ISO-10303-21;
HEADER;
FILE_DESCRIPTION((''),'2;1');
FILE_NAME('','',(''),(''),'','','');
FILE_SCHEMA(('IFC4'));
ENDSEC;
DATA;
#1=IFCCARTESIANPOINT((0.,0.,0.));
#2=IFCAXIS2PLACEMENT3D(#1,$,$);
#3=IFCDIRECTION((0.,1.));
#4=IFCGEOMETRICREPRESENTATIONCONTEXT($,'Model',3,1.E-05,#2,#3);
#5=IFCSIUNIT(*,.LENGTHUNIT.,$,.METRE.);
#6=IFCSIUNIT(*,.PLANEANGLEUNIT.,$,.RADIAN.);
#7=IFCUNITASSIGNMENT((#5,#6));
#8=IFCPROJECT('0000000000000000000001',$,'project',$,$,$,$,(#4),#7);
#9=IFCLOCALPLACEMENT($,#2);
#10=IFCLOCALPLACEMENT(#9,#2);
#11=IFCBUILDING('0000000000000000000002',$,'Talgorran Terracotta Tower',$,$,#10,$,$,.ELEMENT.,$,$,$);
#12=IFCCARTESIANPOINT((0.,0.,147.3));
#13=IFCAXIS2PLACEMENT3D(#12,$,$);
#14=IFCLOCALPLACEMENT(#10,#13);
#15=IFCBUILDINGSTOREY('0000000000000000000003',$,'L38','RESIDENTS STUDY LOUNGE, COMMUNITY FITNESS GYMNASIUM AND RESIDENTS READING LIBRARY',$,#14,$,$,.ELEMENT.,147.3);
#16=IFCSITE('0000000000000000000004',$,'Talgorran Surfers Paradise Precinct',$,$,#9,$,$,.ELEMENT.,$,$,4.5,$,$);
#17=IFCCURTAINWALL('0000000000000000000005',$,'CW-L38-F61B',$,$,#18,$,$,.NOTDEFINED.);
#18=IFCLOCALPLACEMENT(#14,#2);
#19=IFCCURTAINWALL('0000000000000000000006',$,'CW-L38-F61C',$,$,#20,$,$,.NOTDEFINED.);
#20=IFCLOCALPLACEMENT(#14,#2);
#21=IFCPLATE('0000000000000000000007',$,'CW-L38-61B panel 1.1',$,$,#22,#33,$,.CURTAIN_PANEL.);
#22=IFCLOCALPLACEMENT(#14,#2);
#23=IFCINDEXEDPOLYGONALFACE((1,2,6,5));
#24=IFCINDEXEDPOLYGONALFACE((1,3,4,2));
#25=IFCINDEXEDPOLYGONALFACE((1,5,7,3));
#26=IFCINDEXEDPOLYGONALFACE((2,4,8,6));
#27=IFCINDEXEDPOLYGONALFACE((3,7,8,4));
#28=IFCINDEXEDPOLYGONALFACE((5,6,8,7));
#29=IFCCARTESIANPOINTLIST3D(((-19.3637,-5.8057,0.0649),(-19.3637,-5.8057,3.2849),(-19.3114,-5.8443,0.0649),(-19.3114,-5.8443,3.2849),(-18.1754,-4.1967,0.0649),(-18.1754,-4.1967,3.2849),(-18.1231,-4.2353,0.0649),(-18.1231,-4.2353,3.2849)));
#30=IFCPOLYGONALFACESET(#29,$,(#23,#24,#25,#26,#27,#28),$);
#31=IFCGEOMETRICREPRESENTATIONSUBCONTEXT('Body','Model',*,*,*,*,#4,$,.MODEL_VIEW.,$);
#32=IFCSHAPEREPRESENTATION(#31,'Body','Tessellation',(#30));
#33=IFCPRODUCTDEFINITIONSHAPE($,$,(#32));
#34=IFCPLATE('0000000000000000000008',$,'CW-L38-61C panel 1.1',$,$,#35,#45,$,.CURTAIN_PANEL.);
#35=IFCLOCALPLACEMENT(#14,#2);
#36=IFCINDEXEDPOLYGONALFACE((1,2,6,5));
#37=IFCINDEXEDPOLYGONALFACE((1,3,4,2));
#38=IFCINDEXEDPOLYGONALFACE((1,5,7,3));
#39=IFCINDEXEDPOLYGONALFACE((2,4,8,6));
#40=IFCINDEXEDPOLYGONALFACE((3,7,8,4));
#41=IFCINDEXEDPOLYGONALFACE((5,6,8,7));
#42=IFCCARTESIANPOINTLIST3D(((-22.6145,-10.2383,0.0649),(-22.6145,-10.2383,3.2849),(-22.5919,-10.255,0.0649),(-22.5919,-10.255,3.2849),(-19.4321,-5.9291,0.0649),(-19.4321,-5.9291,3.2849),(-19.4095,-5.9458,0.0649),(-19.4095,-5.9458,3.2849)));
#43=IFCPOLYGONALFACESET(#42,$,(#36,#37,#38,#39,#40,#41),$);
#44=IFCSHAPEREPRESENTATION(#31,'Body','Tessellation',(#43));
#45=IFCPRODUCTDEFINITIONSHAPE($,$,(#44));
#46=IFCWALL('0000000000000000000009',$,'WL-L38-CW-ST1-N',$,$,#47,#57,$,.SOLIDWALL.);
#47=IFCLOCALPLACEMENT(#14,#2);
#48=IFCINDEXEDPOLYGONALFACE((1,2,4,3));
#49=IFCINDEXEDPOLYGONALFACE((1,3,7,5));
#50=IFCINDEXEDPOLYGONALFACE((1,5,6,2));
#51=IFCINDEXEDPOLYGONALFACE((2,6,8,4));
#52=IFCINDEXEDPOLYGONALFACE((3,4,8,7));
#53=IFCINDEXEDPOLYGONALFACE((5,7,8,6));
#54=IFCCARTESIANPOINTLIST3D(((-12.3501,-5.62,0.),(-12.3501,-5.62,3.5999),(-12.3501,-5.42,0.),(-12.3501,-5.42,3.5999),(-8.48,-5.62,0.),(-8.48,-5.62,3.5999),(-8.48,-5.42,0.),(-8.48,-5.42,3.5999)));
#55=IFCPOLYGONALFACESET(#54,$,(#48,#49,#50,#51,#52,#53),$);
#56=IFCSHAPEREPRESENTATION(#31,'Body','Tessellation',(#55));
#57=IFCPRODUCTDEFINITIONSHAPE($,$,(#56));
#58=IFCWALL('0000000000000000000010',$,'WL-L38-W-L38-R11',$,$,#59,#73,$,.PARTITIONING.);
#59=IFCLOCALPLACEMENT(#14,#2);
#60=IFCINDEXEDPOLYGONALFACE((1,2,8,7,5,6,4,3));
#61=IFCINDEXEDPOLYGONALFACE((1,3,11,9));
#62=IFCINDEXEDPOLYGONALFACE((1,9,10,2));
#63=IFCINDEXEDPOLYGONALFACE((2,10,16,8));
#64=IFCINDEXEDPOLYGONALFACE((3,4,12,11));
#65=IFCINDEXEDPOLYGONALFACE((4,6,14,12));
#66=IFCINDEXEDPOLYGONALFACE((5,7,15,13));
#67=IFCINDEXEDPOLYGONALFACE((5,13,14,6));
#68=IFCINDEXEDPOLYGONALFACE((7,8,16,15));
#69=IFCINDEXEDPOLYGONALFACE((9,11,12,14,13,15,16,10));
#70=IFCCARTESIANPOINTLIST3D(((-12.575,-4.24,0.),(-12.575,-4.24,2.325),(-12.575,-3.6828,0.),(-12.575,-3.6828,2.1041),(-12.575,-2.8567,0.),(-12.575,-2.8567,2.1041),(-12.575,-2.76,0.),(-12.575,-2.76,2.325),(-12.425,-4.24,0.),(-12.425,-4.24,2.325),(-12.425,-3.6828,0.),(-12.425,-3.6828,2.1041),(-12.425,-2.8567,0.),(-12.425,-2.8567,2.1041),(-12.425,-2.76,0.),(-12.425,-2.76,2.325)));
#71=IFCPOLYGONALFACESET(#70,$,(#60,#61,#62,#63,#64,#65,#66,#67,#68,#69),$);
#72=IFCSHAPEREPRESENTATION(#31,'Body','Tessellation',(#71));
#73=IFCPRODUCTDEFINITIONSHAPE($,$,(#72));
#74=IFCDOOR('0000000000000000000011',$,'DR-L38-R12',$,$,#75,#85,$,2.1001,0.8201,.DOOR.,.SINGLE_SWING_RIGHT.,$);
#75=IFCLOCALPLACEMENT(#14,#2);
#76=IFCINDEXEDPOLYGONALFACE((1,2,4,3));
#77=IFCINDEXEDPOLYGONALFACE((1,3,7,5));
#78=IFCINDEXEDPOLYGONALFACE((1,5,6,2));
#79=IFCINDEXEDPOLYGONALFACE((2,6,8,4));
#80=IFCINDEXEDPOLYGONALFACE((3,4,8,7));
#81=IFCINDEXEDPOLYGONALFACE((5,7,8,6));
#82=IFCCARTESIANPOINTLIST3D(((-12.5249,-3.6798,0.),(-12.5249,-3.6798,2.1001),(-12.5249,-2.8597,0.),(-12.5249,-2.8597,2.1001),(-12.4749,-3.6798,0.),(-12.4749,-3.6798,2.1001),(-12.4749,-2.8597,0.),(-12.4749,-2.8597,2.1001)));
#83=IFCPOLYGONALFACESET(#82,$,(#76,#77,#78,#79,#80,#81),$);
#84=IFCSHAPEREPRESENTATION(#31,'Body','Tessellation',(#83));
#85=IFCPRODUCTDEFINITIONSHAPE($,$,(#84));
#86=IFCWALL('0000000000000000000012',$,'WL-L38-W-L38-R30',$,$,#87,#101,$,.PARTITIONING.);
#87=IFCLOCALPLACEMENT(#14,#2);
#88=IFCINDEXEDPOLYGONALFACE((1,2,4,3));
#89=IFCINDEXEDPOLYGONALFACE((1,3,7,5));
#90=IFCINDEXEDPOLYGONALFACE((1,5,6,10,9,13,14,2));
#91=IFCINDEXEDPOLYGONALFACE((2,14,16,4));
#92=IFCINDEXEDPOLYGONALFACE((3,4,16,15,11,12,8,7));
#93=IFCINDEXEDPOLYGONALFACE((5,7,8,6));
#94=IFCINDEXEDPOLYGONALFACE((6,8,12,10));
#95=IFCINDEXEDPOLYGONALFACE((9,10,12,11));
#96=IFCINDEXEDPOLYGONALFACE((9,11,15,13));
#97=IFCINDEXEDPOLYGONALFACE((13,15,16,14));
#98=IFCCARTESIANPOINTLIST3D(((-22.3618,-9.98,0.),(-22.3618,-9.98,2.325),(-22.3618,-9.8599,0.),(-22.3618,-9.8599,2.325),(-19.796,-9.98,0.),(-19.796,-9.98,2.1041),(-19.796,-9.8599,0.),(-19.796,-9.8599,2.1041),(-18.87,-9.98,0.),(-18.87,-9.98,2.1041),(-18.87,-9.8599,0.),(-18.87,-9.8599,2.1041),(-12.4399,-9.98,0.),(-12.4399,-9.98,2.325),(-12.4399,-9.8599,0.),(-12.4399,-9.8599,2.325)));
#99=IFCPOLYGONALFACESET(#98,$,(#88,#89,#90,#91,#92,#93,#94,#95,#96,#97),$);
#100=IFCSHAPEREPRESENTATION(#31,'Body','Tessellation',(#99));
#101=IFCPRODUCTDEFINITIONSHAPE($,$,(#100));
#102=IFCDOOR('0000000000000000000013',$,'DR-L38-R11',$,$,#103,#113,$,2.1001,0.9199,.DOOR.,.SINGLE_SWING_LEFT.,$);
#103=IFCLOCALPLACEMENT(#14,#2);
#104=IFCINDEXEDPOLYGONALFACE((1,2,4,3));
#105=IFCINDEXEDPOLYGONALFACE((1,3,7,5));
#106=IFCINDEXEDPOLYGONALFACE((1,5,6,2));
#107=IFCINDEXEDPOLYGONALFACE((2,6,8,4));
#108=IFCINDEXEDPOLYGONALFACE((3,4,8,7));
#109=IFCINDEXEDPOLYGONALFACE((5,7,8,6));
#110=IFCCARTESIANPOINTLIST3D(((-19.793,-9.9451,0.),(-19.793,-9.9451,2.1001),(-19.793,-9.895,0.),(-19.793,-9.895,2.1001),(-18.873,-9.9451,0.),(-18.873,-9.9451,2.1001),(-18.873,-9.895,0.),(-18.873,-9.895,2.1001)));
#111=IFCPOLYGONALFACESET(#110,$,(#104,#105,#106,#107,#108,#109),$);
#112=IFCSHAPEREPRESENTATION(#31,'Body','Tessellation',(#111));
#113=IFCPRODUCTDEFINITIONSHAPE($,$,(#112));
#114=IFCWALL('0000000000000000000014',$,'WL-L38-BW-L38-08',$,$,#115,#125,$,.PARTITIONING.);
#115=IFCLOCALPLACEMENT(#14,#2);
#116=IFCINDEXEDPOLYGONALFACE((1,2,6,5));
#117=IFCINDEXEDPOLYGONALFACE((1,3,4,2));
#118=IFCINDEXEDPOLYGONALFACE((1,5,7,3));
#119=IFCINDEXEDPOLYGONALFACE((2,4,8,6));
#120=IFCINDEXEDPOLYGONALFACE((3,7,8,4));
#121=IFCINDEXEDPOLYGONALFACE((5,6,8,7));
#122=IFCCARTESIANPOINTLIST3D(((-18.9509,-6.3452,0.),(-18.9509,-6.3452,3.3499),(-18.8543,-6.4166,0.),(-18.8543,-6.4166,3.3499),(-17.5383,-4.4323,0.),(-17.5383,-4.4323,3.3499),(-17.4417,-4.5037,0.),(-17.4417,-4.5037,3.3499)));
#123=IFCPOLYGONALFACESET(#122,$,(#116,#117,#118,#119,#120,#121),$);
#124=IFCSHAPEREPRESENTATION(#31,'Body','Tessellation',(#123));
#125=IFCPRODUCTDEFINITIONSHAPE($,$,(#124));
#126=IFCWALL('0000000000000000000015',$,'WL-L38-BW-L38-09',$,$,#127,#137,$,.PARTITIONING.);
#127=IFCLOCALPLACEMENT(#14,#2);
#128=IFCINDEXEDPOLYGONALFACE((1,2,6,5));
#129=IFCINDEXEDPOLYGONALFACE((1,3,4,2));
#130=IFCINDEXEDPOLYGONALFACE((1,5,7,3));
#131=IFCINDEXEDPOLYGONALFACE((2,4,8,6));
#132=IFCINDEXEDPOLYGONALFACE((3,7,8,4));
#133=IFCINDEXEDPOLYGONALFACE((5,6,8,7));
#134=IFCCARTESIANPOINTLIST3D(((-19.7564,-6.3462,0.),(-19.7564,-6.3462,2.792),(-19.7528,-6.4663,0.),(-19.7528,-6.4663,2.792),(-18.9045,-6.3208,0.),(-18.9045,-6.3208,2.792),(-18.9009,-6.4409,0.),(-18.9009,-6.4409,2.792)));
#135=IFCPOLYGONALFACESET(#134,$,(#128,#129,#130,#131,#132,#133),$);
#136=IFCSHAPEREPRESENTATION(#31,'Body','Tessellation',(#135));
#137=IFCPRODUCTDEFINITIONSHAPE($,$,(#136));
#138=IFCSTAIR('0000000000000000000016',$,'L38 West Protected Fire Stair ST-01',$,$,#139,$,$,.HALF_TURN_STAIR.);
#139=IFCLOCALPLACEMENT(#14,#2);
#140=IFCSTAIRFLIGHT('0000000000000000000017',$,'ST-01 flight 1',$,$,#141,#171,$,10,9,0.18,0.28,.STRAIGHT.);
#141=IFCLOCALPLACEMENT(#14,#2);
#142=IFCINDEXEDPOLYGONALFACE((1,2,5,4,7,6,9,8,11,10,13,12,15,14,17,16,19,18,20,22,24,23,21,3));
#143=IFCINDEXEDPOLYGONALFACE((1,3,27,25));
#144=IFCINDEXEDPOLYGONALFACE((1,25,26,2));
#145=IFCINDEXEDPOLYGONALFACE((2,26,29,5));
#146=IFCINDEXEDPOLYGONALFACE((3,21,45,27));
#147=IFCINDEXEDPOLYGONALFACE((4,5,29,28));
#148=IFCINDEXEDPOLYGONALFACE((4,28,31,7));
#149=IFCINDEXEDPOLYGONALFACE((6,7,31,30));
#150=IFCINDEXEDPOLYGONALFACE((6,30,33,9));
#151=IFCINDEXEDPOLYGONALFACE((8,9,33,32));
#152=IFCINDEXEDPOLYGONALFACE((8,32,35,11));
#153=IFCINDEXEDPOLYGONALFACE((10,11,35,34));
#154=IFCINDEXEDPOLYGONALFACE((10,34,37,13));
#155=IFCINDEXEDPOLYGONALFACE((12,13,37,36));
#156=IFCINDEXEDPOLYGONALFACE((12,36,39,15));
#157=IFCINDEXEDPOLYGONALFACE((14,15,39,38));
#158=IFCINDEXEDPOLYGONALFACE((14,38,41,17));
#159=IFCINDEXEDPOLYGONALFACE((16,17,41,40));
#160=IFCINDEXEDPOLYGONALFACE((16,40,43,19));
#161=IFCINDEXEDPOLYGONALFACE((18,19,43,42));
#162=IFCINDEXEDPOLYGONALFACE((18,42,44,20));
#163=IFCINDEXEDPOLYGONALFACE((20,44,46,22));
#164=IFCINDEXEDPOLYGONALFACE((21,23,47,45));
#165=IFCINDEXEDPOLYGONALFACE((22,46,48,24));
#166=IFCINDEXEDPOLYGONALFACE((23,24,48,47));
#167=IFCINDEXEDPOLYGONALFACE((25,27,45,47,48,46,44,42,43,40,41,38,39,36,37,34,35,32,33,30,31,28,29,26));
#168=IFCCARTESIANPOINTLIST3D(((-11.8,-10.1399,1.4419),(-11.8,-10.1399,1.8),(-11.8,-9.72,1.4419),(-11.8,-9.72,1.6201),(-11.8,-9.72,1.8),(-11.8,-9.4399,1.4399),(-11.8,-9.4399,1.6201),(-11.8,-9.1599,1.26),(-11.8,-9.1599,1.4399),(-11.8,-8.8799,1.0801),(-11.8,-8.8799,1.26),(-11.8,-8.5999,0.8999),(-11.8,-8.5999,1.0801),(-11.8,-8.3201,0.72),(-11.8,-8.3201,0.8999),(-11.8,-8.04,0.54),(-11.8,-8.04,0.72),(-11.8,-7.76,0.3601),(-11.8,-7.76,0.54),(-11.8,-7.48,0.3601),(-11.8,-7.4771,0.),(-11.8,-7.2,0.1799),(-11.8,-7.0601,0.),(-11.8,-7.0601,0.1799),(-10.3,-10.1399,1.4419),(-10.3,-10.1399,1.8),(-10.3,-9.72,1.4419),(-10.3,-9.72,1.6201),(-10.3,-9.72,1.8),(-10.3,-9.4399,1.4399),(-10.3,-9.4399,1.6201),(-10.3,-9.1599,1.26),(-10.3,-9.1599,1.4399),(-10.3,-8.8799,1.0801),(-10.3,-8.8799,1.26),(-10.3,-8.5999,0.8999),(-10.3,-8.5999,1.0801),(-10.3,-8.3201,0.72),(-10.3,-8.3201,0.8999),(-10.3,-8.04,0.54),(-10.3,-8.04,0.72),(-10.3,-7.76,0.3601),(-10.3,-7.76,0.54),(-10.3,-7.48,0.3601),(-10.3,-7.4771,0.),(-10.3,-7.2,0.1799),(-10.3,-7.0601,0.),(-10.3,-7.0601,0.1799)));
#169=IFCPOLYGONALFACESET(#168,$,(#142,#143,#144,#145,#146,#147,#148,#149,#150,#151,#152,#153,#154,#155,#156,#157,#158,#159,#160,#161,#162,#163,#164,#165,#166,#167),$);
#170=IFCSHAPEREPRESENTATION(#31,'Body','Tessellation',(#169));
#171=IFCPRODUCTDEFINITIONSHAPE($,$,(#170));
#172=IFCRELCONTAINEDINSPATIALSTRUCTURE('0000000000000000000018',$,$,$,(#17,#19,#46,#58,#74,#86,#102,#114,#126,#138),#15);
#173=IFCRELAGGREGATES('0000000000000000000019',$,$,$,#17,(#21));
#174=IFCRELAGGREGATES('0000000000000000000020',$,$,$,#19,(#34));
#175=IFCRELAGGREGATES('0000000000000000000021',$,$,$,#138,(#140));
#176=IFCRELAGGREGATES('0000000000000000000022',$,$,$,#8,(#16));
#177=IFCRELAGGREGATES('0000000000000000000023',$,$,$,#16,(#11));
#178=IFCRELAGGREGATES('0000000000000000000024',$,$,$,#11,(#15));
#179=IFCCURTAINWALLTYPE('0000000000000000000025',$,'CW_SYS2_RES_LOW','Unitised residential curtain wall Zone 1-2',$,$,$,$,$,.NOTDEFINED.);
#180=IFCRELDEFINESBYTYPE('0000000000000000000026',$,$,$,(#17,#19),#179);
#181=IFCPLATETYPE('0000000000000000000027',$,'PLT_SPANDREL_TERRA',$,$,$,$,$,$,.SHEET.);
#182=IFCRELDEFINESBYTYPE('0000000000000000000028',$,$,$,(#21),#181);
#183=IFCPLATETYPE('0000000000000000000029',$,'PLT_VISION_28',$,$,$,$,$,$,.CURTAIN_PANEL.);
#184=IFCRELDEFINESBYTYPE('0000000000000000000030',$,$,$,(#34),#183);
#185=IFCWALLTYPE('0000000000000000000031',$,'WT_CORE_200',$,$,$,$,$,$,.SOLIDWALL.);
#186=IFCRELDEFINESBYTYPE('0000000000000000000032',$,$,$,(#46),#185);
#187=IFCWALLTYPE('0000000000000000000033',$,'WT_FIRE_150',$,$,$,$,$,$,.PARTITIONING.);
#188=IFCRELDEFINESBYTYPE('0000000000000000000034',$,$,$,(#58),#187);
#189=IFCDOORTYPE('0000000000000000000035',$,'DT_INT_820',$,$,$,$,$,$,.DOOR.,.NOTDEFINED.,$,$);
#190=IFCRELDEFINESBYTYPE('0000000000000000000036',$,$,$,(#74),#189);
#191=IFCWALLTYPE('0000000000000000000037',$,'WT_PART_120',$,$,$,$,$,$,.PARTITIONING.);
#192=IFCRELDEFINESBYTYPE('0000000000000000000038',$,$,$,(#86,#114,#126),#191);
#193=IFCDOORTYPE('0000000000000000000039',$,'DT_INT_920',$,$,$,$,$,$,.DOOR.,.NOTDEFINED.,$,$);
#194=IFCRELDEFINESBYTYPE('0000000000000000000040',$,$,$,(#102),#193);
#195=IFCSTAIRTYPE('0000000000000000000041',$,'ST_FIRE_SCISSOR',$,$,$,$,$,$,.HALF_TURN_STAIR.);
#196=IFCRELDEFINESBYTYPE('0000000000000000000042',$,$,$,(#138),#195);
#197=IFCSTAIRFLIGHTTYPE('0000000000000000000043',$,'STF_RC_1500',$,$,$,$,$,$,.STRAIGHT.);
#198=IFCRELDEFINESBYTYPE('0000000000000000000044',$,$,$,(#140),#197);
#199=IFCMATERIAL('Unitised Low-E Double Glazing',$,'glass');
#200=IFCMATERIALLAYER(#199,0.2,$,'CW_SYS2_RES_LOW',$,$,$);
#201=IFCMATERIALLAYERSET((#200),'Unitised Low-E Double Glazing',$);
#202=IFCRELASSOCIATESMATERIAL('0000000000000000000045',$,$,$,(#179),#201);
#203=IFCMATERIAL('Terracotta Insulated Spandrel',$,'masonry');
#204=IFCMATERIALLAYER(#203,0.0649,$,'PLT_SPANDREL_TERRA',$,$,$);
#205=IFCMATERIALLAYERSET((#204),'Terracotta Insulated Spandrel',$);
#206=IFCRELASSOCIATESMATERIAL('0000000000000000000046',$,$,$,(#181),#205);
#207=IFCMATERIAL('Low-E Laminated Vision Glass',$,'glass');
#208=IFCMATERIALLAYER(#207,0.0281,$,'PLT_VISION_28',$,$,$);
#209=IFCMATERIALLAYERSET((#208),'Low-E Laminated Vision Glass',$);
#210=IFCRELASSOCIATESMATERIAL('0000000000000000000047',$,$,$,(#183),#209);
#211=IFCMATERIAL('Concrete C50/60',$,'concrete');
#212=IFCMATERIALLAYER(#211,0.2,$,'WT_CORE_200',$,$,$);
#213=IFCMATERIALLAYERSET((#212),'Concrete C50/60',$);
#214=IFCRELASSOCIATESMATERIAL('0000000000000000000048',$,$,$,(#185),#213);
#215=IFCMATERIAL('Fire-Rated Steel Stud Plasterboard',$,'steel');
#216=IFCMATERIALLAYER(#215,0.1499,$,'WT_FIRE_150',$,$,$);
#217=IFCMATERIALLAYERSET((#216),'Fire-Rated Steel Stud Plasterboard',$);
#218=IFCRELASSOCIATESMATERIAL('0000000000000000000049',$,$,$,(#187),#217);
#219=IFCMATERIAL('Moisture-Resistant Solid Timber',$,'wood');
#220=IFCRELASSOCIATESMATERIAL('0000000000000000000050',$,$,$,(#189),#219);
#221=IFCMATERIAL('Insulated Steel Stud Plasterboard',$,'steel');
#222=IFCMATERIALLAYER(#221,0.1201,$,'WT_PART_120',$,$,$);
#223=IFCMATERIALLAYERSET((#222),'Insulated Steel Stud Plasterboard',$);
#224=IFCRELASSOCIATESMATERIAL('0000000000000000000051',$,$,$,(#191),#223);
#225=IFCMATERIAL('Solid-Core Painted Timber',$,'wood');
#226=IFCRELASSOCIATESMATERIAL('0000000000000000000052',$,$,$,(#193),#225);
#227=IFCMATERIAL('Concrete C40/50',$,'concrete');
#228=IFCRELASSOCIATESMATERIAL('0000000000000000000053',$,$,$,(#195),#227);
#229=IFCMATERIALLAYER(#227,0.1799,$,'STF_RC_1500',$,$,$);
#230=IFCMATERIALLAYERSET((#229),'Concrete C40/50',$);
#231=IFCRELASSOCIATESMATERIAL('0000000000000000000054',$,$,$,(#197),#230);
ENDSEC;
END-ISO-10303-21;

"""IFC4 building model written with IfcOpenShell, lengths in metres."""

from ifc_helpers import new_model, si_unit, direction, frame, frame_2d, origin, origin_2d, place, context, subcontext, project, spatial, polyline, rectangle, outline, extrude, source, transform, mapped, material, layer, layer_set, type_object, type_shapes, element, fill, aggregate, save


model = new_model("IFC4")

# Units and contexts
model_context = context("Model", 3, precision=1e-05, world=origin(), true_north=direction((0.0, 1.0)))
body_context = subcontext(model_context, "Body", "Model", "MODEL_VIEW")
ifc_project = project(units=[si_unit("LENGTHUNIT", "METRE"), si_unit("PLANEANGLEUNIT", "RADIAN")], contexts=[model_context])

# Site, building, storey
site_placement = place(None, origin())
site = spatial("IfcSite", under=ifc_project, at=site_placement, Name="Talgorran Surfers Paradise Precinct", CompositionType="ELEMENT", RefElevation=4.5)
building_placement = place(site_placement, origin())
building = spatial("IfcBuilding", under=site, at=building_placement, Name="Talgorran Terracotta Tower", CompositionType="ELEMENT")
storey_placement = place(building_placement, frame((0.0, 0.0, 147.3)))
storey = spatial("IfcBuildingStorey", under=building, at=storey_placement, Name="L38", Description="RESIDENTS STUDY LOUNGE, COMMUNITY FITNESS GYMNASIUM AND RESIDENTS READING LIBRARY", CompositionType="ELEMENT", Elevation=147.3)

# Curtain wall
ifc_material_1 = material(Name="Unitised Low-E Double Glazing", Category="glass")
ifc_layer_1 = layer(ifc_material_1, 0.2, Name="CW_SYS2_RES_LOW")
ifc_layer_set_1 = layer_set([ifc_layer_1], Name="Unitised Low-E Double Glazing")
curtain_wall_type = type_object("IfcCurtainWallType", Name="CW_SYS2_RES_LOW", Description="Unitised residential curtain wall Zone 1-2", PredefinedType="NOTDEFINED", material=ifc_layer_set_1)
curtain_wall_1_placement = place(storey_placement, origin())
curtain_wall_1 = element("IfcCurtainWall", 1, at=curtain_wall_1_placement, inside=storey, type_object=curtain_wall_type, Name="CW-L38-F61B", PredefinedType="NOTDEFINED")

# Curtain wall
curtain_wall_2_placement = place(storey_placement, origin())
curtain_wall_2 = element("IfcCurtainWall", 2, at=curtain_wall_2_placement, inside=storey, type_object=curtain_wall_type, Name="CW-L38-F61C", PredefinedType="NOTDEFINED")

# Plates
ifc_material_2 = material(Name="Terracotta Insulated Spandrel", Category="masonry")
ifc_layer_2 = layer(ifc_material_2, 0.0649, Name="PLT_SPANDREL_TERRA")
ifc_layer_set_2 = layer_set([ifc_layer_2], Name="Terracotta Insulated Spandrel")
plate_type_1 = type_object("IfcPlateType", Name="PLT_SPANDREL_TERRA", PredefinedType="SHEET", material=ifc_layer_set_2)
shared_shape_1 = source(origin(), body_context, "Body", "SweptSolid", [
    extrude(rectangle(XDim=2.0002, YDim=0.0649, at=origin_2d()), origin(), (0.0, 0.0, 1.0), 3.22),
])
type_shapes(plate_type_1, [shared_shape_1])
plate_1_placement = place(storey_placement, frame((-18.7434, -5.0205, 0.0649), z_axis=(0.0, 0.0, 1.0), x_axis=(-0.594087, -0.8044, 0.0)))
plate_1 = element("IfcPlate", 3, at=plate_1_placement, type_object=plate_type_1, Name="CW-L38-61B panel 1.1", PredefinedType="CURTAIN_PANEL", context=body_context, shape_type="MappedRepresentation", body=[
    mapped(shared_shape_1, transform((0.0, 0.0, 0.0), scale=1.0)),
])
aggregate(curtain_wall_1, [plate_1])
ifc_material_3 = material(Name="Low-E Laminated Vision Glass", Category="glass")
ifc_layer_3 = layer(ifc_material_3, 0.0281, Name="PLT_VISION_28")
ifc_layer_set_3 = layer_set([ifc_layer_3], Name="Low-E Laminated Vision Glass")
plate_type_2 = type_object("IfcPlateType", Name="PLT_VISION_28", PredefinedType="CURTAIN_PANEL", material=ifc_layer_set_3)
shared_shape_2 = source(origin(), body_context, "Body", "SweptSolid", [
    extrude(rectangle(XDim=5.3569, YDim=0.0281, at=origin_2d()), origin(), (0.0, 0.0, 1.0), 3.22),
])
type_shapes(plate_type_2, [shared_shape_2])
plate_2_placement = place(storey_placement, frame((-21.012, -8.092, 0.0649), z_axis=(0.0, 0.0, 1.0), x_axis=(-0.594073, -0.804411, 0.0)))
plate_2 = element("IfcPlate", 4, at=plate_2_placement, type_object=plate_type_2, Name="CW-L38-61C panel 1.1", PredefinedType="CURTAIN_PANEL", context=body_context, shape_type="MappedRepresentation", body=[
    mapped(shared_shape_2, transform((0.0, 0.0, 0.0), scale=1.0)),
])
aggregate(curtain_wall_2, [plate_2])

# Wall
ifc_material_4 = material(Name="Concrete C50/60", Category="concrete")
ifc_layer_4 = layer(ifc_material_4, 0.2, Name="WT_CORE_200")
ifc_layer_set_4 = layer_set([ifc_layer_4], Name="Concrete C50/60")
wall_type_1 = type_object("IfcWallType", Name="WT_CORE_200", PredefinedType="SOLIDWALL", material=ifc_layer_set_4)
wall_1_placement = place(storey_placement, frame((-12.3501, -5.52, 0.0), z_axis=(0.0, 0.0, 1.0), x_axis=(1.0, 0.0, 0.0)))
element("IfcWall", 5, at=wall_1_placement, inside=storey, type_object=wall_type_1, Name="WL-L38-CW-ST1-N", PredefinedType="SOLIDWALL", context=body_context, shape_type="SweptSolid", body=[
    extrude(rectangle(XDim=3.8701, YDim=0.2, at=frame_2d((1.9351, 0.0))), origin(), (0.0, 0.0, 1.0), 3.5999),
])

# Walls, openings, doors
ifc_material_5 = material(Name="Fire-Rated Steel Stud Plasterboard", Category="steel")
ifc_layer_5 = layer(ifc_material_5, 0.1499, Name="WT_FIRE_150")
ifc_layer_set_5 = layer_set([ifc_layer_5], Name="Fire-Rated Steel Stud Plasterboard")
wall_type_2 = type_object("IfcWallType", Name="WT_FIRE_150", PredefinedType="PARTITIONING", material=ifc_layer_set_5)
wall_2_placement = place(storey_placement, frame((-12.5, -4.24, 0.0), z_axis=(0.0, 0.0, 1.0), x_axis=(0.0, 1.0, 0.0)))
wall_2 = element("IfcWall", 6, at=wall_2_placement, inside=storey, type_object=wall_type_2, Name="WL-L38-W-L38-R11", PredefinedType="PARTITIONING", context=body_context, shape_type="SweptSolid", body=[
    extrude(rectangle(XDim=1.48, YDim=0.1499, at=frame_2d((0.74, 0.0))), origin(), (0.0, 0.0, 1.0), 2.325),
])
opening_1_placement = place(wall_2_placement, frame((0.5601, 0.0, 0.0)))
opening_1 = element("IfcOpeningElement", 7, at=opening_1_placement, cuts=wall_2, PredefinedType="OPENING", context=body_context, shape_type="SweptSolid", body=[
    extrude(rectangle(XDim=0.8261, YDim=2.1041, at=frame_2d((0.4102, 1.052))), frame((0.0, 0.085, 0.0), z_axis=(0.0, -1.0, 0.0), x_axis=(1.0, 0.0, 0.0)), (0.0, 0.0, 1.0), 0.1699),
])
ifc_material_6 = material(Name="Moisture-Resistant Solid Timber", Category="wood")
door_type_1 = type_object("IfcDoorType", Name="DT_INT_820", OperationType="NOTDEFINED", PredefinedType="DOOR", material=ifc_material_6)
door_1_placement = place(opening_1_placement, origin())
door_1 = element("IfcDoor", 8, at=door_1_placement, inside=storey, type_object=door_type_1, Name="DR-L38-R12", OperationType="SINGLE_SWING_RIGHT", OverallHeight=2.1001, OverallWidth=0.8201, PredefinedType="DOOR", context=body_context, shape_type="SweptSolid", body=[
    extrude(rectangle(XDim=0.8201, YDim=2.1001, at=frame_2d((0.4102, 1.05))), frame((0.0, 0.0249, 0.0), z_axis=(0.0, -1.0, 0.0), x_axis=(1.0, 0.0, 0.0)), (0.0, 0.0, 1.0), 0.05),
])
fill(opening_1, door_1)
ifc_material_7 = material(Name="Insulated Steel Stud Plasterboard", Category="steel")
ifc_layer_6 = layer(ifc_material_7, 0.1201, Name="WT_PART_120")
ifc_layer_set_6 = layer_set([ifc_layer_6], Name="Insulated Steel Stud Plasterboard")
wall_type_3 = type_object("IfcWallType", Name="WT_PART_120", PredefinedType="PARTITIONING", material=ifc_layer_set_6)
wall_3_placement = place(storey_placement, frame((-22.3618, -9.9199, 0.0), z_axis=(0.0, 0.0, 1.0), x_axis=(1.0, 0.0, 0.0)))
wall_3 = element("IfcWall", 9, at=wall_3_placement, inside=storey, type_object=wall_type_3, Name="WL-L38-W-L38-R30", PredefinedType="PARTITIONING", context=body_context, shape_type="SweptSolid", body=[
    extrude(rectangle(XDim=9.9219, YDim=0.1201, at=frame_2d((4.9609, 0.0))), origin(), (0.0, 0.0, 1.0), 2.325),
])
opening_2_placement = place(wall_3_placement, frame((2.5688, 0.0, 0.0)))
opening_2 = element("IfcOpeningElement", 10, at=opening_2_placement, cuts=wall_3, PredefinedType="OPENING", context=body_context, shape_type="SweptSolid", body=[
    extrude(rectangle(XDim=0.9259, YDim=2.1041, at=frame_2d((0.46, 1.052))), frame((0.0, 0.0701, 0.0), z_axis=(0.0, -1.0, 0.0), x_axis=(1.0, 0.0, 0.0)), (0.0, 0.0, 1.0), 0.1401),
])
ifc_material_8 = material(Name="Solid-Core Painted Timber", Category="wood")
door_type_2 = type_object("IfcDoorType", Name="DT_INT_920", OperationType="NOTDEFINED", PredefinedType="DOOR", material=ifc_material_8)
door_2_placement = place(opening_2_placement, origin())
door_2 = element("IfcDoor", 11, at=door_2_placement, inside=storey, type_object=door_type_2, Name="DR-L38-R11", OperationType="SINGLE_SWING_LEFT", OverallHeight=2.1001, OverallWidth=0.9199, PredefinedType="DOOR", context=body_context, shape_type="SweptSolid", body=[
    extrude(rectangle(XDim=0.9199, YDim=2.1001, at=frame_2d((0.46, 1.05))), frame((0.0, 0.0249, 0.0), z_axis=(0.0, -1.0, 0.0), x_axis=(1.0, 0.0, 0.0)), (0.0, 0.0, 1.0), 0.05),
])
fill(opening_2, door_2)

# Walls
wall_4_placement = place(storey_placement, frame((-17.49, -4.468, 0.0), z_axis=(0.0, 0.0, 1.0), x_axis=(-0.594053, -0.804426, 0.0)))
element("IfcWall", 12, at=wall_4_placement, inside=storey, type_object=wall_type_3, Name="WL-L38-BW-L38-08", PredefinedType="PARTITIONING", context=body_context, shape_type="SweptSolid", body=[
    extrude(rectangle(XDim=2.3779, YDim=0.1201, at=frame_2d((1.189, 0.0))), origin(), (0.0, 0.0, 1.0), 3.3499),
])
wall_5_placement = place(storey_placement, frame((-18.9026, -6.3809, 0.0), z_axis=(0.0, 0.0, 1.0), x_axis=(-0.999556, -0.029795, 0.0)))
element("IfcWall", 13, at=wall_5_placement, inside=storey, type_object=wall_type_3, Name="WL-L38-BW-L38-09", PredefinedType="PARTITIONING", context=body_context, shape_type="SweptSolid", body=[
    extrude(rectangle(XDim=0.8523, YDim=0.1201, at=frame_2d((0.4263, 0.0))), origin(), (0.0, 0.0, 1.0), 2.792),
])

# Stair, stair flight
ifc_material_9 = material(Name="Concrete C40/50", Category="concrete")
stair_type = type_object("IfcStairType", Name="ST_FIRE_SCISSOR", PredefinedType="HALF_TURN_STAIR", material=ifc_material_9)
stair_placement = place(storey_placement, origin())
stair = element("IfcStair", 14, at=stair_placement, inside=storey, type_object=stair_type, Name="L38 West Protected Fire Stair ST-01", PredefinedType="HALF_TURN_STAIR")
ifc_layer_7 = layer(ifc_material_9, 0.1799, Name="STF_RC_1500")
ifc_layer_set_7 = layer_set([ifc_layer_7], Name="Concrete C40/50")
stair_flight_type = type_object("IfcStairFlightType", Name="STF_RC_1500", PredefinedType="STRAIGHT", material=ifc_layer_set_7)
stair_flight_placement = place(storey_placement, frame((-11.05, -7.2, 0.0), z_axis=(0.0, 0.0, 1.0), x_axis=(0.0, -1.0, 0.0)))
stair_flight = element("IfcStairFlight", 15, at=stair_flight_placement, type_object=stair_flight_type, Name="ST-01 flight 1", NumberOfRisers=10, NumberOfTreads=9, PredefinedType="STRAIGHT", RiserHeight=0.18, TreadLength=0.28, context=body_context, shape_type="SweptSolid", body=[
    extrude(outline(polyline([(-0.1399, 0.0), (-0.1399, 0.1799), (0.0, 0.1799), (0.28, 0.3601), (0.5601, 0.3601), (0.5601, 0.54), (0.8401, 0.54), (0.8401, 0.72), (1.1201, 0.72), (1.1201, 0.8999), (1.3999, 0.8999), (1.3999, 1.0801), (1.6799, 1.0801), (1.6799, 1.26), (1.96, 1.26), (1.96, 1.4399), (2.24, 1.4399), (2.24, 1.6201), (2.52, 1.6201), (2.52, 1.8), (2.9399, 1.8), (2.9399, 1.4419), (2.52, 1.4419), (0.2771, 0.0), (-0.1399, 0.0)])), frame((0.0, 0.75, 0.0), z_axis=(0.0, -1.0, 0.0), x_axis=(1.0, 0.0, 0.0)), (0.0, 0.0, 1.0), 1.5),
])
aggregate(stair, [stair_flight])

save(model, "model.ifc")
